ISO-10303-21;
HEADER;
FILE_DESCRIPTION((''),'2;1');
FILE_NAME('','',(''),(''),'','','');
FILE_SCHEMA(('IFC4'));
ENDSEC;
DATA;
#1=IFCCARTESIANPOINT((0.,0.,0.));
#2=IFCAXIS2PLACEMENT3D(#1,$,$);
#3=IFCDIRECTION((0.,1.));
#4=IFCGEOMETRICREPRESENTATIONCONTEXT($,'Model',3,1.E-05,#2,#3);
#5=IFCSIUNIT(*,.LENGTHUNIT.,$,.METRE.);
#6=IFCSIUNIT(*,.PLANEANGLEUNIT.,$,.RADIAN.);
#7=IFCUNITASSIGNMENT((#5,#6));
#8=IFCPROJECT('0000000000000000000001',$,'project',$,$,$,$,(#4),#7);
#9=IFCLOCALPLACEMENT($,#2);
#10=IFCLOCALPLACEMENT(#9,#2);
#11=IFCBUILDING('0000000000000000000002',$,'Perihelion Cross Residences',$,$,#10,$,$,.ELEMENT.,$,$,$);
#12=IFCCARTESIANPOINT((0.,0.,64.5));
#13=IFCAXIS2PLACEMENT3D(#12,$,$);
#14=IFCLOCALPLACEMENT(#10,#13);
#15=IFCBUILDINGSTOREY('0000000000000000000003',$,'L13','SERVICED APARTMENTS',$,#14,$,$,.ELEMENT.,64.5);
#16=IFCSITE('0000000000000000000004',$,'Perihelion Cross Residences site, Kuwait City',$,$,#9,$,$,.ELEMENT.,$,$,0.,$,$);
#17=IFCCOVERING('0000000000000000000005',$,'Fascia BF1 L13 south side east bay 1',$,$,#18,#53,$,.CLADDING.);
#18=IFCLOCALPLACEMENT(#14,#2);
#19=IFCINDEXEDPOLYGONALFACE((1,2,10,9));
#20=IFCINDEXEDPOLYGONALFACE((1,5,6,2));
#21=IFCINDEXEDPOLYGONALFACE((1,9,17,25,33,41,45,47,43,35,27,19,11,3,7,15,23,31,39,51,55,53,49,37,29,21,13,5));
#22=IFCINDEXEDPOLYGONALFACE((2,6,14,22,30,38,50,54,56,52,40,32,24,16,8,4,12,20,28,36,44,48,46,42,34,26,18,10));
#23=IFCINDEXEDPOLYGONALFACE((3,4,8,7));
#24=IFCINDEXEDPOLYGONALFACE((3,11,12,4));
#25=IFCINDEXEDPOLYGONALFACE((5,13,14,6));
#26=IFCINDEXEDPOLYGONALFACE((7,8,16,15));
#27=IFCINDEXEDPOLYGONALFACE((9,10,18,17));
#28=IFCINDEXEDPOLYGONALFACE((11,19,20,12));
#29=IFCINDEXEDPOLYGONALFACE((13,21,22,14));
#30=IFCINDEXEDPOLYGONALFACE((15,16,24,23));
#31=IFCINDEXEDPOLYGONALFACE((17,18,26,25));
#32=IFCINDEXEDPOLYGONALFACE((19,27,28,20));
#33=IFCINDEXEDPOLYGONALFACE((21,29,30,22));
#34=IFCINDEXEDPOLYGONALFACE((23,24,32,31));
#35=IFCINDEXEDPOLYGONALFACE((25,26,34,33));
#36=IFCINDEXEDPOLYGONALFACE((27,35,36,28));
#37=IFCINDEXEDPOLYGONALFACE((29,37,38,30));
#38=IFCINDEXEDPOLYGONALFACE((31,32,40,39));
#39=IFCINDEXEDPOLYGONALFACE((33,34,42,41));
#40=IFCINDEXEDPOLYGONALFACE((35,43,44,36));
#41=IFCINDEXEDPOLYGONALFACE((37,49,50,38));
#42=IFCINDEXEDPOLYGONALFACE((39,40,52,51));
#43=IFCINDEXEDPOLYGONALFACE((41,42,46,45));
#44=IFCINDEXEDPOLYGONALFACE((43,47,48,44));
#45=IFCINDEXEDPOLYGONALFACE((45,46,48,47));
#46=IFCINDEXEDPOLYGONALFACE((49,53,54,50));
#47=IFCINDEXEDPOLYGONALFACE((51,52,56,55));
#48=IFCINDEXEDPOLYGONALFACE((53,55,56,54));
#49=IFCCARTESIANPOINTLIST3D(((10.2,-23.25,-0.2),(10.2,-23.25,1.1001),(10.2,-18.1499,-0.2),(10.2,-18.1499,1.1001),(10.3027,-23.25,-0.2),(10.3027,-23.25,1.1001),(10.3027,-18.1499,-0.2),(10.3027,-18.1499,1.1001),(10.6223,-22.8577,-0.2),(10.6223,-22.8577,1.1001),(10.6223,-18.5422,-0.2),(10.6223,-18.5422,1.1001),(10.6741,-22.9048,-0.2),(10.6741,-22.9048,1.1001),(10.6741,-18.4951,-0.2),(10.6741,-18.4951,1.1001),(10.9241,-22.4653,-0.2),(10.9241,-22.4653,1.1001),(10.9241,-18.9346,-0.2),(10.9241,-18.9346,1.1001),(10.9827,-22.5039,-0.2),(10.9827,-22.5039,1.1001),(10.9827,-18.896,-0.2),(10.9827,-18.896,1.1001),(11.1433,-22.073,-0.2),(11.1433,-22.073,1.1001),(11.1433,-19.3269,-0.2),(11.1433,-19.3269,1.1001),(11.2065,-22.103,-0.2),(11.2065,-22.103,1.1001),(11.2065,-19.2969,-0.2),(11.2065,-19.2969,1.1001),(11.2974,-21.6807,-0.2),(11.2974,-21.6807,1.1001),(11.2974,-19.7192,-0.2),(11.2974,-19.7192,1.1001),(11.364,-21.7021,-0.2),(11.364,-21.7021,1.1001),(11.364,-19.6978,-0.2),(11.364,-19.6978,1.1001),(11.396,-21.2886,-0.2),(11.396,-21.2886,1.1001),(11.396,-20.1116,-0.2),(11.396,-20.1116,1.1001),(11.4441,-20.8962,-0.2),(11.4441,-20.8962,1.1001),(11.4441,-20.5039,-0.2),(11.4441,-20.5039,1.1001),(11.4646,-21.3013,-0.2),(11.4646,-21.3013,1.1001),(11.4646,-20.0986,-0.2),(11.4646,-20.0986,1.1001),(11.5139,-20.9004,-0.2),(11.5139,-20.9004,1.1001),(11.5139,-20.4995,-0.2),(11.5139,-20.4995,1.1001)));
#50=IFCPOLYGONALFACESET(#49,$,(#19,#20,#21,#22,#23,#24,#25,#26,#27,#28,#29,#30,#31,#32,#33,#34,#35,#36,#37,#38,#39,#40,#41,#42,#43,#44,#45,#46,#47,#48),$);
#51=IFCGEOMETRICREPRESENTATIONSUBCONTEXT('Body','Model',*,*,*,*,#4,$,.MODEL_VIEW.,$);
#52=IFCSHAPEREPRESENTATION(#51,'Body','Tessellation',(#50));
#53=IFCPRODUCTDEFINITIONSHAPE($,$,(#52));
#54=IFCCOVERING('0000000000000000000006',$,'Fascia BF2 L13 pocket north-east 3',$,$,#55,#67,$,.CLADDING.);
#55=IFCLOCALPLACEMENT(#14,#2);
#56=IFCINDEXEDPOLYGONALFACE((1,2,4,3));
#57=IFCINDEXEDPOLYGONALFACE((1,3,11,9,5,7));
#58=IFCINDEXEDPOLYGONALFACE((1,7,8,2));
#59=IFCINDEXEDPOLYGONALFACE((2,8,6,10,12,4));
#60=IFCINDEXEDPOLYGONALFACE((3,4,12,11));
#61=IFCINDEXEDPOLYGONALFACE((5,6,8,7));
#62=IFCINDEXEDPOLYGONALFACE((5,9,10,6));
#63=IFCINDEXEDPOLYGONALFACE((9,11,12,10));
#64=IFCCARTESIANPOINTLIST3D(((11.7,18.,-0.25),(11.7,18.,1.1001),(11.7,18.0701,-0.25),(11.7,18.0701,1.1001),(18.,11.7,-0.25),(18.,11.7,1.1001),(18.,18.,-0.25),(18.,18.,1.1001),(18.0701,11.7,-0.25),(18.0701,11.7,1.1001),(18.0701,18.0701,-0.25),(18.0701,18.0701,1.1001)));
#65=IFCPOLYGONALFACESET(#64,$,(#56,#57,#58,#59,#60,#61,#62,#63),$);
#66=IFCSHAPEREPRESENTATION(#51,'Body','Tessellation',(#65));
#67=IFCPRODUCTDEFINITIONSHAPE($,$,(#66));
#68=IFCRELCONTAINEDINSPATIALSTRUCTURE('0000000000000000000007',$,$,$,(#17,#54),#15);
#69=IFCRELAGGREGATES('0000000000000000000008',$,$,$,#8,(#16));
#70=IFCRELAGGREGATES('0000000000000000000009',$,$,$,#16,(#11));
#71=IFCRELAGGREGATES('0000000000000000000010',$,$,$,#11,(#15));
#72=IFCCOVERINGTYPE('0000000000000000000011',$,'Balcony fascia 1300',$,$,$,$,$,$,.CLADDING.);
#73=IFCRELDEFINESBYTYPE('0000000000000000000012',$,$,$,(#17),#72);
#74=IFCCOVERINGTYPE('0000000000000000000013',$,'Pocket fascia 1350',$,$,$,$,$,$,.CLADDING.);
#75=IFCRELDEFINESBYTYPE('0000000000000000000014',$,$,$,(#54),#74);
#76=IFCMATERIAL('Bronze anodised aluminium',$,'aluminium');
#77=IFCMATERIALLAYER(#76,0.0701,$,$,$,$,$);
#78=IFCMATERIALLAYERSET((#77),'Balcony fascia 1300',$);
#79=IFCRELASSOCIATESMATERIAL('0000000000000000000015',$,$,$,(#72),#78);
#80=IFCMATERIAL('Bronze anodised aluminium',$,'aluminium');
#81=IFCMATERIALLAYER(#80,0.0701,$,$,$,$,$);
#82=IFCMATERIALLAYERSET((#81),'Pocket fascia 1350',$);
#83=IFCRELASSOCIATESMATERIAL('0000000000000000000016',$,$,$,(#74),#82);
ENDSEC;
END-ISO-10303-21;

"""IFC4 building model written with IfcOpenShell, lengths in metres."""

from ifc_helpers import new_model, si_unit, direction, frame, origin, place, context, subcontext, project, spatial, polyline, outline, extrude, material, layer, layer_set, type_object, element, save


model = new_model("IFC4")

# Units and contexts
model_context = context("Model", 3, precision=1e-05, world=origin(), true_north=direction((0.0, 1.0)))
body_context = subcontext(model_context, "Body", "Model", "MODEL_VIEW")
ifc_project = project(units=[si_unit("LENGTHUNIT", "METRE"), si_unit("PLANEANGLEUNIT", "RADIAN")], contexts=[model_context])

# Site, building, storey
site_placement = place(None, origin())
site = spatial("IfcSite", under=ifc_project, at=site_placement, Name="Perihelion Cross Residences site, Kuwait City", CompositionType="ELEMENT", RefElevation=0.0)
building_placement = place(site_placement, origin())
building = spatial("IfcBuilding", under=site, at=building_placement, Name="Perihelion Cross Residences", CompositionType="ELEMENT")
storey_placement = place(building_placement, frame((0.0, 0.0, 64.5)))
storey = spatial("IfcBuildingStorey", under=building, at=storey_placement, Name="L13", Description="SERVICED APARTMENTS", CompositionType="ELEMENT", Elevation=64.5)

# Coverings
ifc_material_1 = material(Name="Bronze anodised aluminium", Category="aluminium")
ifc_layer_1 = layer(ifc_material_1, 0.0701)
ifc_layer_set_1 = layer_set([ifc_layer_1], Name="Balcony fascia 1300")
covering_type_1 = type_object("IfcCoveringType", Name="Balcony fascia 1300", PredefinedType="CLADDING", material=ifc_layer_set_1)
covering_1_placement = place(storey_placement, frame((0.0, 0.0, -0.2)))
element("IfcCovering", 1, at=covering_1_placement, inside=storey, type_object=covering_type_1, Name="Fascia BF1 L13 south side east bay 1", PredefinedType="CLADDING", context=body_context, shape_type="SweptSolid", body=[
    extrude(outline(polyline([(10.6741, -22.9048), (10.9827, -22.5039), (11.2065, -22.103), (11.364, -21.7021), (11.4646, -21.3013), (11.5139, -20.9004), (11.5139, -20.4995), (11.4646, -20.0986), (11.364, -19.6978), (11.2065, -19.2969), (10.9827, -18.896), (10.6741, -18.4951), (10.3027, -18.1499), (10.2, -18.1499), (10.6223, -18.5422), (10.9241, -18.9346), (11.1433, -19.3269), (11.2974, -19.7192), (11.396, -20.1116), (11.4441, -20.5039), (11.4441, -20.8962), (11.396, -21.2886), (11.2974, -21.6807), (11.1433, -22.073), (10.9241, -22.4653), (10.6223, -22.8577), (10.2, -23.25), (10.3027, -23.25), (10.6741, -22.9048)])), origin(), (0.0, 0.0, 1.0), 1.3),
])
ifc_material_2 = material(Name="Bronze anodised aluminium", Category="aluminium")
ifc_layer_2 = layer(ifc_material_2, 0.0701)
ifc_layer_set_2 = layer_set([ifc_layer_2], Name="Pocket fascia 1350")
covering_type_2 = type_object("IfcCoveringType", Name="Pocket fascia 1350", PredefinedType="CLADDING", material=ifc_layer_set_2)
covering_2_placement = place(storey_placement, frame((0.0, 0.0, -0.25)))
element("IfcCovering", 2, at=covering_2_placement, inside=storey, type_object=covering_type_2, Name="Fascia BF2 L13 pocket north-east 3", PredefinedType="CLADDING", context=body_context, shape_type="SweptSolid", body=[
    extrude(outline(polyline([(18.0701, 18.0701), (11.7, 18.0701), (11.7, 18.0), (18.0, 18.0), (18.0, 11.7), (18.0701, 11.7), (18.0701, 18.0701)])), origin(), (0.0, 0.0, 1.0), 1.3501),
])

save(model, "model.ifc")
